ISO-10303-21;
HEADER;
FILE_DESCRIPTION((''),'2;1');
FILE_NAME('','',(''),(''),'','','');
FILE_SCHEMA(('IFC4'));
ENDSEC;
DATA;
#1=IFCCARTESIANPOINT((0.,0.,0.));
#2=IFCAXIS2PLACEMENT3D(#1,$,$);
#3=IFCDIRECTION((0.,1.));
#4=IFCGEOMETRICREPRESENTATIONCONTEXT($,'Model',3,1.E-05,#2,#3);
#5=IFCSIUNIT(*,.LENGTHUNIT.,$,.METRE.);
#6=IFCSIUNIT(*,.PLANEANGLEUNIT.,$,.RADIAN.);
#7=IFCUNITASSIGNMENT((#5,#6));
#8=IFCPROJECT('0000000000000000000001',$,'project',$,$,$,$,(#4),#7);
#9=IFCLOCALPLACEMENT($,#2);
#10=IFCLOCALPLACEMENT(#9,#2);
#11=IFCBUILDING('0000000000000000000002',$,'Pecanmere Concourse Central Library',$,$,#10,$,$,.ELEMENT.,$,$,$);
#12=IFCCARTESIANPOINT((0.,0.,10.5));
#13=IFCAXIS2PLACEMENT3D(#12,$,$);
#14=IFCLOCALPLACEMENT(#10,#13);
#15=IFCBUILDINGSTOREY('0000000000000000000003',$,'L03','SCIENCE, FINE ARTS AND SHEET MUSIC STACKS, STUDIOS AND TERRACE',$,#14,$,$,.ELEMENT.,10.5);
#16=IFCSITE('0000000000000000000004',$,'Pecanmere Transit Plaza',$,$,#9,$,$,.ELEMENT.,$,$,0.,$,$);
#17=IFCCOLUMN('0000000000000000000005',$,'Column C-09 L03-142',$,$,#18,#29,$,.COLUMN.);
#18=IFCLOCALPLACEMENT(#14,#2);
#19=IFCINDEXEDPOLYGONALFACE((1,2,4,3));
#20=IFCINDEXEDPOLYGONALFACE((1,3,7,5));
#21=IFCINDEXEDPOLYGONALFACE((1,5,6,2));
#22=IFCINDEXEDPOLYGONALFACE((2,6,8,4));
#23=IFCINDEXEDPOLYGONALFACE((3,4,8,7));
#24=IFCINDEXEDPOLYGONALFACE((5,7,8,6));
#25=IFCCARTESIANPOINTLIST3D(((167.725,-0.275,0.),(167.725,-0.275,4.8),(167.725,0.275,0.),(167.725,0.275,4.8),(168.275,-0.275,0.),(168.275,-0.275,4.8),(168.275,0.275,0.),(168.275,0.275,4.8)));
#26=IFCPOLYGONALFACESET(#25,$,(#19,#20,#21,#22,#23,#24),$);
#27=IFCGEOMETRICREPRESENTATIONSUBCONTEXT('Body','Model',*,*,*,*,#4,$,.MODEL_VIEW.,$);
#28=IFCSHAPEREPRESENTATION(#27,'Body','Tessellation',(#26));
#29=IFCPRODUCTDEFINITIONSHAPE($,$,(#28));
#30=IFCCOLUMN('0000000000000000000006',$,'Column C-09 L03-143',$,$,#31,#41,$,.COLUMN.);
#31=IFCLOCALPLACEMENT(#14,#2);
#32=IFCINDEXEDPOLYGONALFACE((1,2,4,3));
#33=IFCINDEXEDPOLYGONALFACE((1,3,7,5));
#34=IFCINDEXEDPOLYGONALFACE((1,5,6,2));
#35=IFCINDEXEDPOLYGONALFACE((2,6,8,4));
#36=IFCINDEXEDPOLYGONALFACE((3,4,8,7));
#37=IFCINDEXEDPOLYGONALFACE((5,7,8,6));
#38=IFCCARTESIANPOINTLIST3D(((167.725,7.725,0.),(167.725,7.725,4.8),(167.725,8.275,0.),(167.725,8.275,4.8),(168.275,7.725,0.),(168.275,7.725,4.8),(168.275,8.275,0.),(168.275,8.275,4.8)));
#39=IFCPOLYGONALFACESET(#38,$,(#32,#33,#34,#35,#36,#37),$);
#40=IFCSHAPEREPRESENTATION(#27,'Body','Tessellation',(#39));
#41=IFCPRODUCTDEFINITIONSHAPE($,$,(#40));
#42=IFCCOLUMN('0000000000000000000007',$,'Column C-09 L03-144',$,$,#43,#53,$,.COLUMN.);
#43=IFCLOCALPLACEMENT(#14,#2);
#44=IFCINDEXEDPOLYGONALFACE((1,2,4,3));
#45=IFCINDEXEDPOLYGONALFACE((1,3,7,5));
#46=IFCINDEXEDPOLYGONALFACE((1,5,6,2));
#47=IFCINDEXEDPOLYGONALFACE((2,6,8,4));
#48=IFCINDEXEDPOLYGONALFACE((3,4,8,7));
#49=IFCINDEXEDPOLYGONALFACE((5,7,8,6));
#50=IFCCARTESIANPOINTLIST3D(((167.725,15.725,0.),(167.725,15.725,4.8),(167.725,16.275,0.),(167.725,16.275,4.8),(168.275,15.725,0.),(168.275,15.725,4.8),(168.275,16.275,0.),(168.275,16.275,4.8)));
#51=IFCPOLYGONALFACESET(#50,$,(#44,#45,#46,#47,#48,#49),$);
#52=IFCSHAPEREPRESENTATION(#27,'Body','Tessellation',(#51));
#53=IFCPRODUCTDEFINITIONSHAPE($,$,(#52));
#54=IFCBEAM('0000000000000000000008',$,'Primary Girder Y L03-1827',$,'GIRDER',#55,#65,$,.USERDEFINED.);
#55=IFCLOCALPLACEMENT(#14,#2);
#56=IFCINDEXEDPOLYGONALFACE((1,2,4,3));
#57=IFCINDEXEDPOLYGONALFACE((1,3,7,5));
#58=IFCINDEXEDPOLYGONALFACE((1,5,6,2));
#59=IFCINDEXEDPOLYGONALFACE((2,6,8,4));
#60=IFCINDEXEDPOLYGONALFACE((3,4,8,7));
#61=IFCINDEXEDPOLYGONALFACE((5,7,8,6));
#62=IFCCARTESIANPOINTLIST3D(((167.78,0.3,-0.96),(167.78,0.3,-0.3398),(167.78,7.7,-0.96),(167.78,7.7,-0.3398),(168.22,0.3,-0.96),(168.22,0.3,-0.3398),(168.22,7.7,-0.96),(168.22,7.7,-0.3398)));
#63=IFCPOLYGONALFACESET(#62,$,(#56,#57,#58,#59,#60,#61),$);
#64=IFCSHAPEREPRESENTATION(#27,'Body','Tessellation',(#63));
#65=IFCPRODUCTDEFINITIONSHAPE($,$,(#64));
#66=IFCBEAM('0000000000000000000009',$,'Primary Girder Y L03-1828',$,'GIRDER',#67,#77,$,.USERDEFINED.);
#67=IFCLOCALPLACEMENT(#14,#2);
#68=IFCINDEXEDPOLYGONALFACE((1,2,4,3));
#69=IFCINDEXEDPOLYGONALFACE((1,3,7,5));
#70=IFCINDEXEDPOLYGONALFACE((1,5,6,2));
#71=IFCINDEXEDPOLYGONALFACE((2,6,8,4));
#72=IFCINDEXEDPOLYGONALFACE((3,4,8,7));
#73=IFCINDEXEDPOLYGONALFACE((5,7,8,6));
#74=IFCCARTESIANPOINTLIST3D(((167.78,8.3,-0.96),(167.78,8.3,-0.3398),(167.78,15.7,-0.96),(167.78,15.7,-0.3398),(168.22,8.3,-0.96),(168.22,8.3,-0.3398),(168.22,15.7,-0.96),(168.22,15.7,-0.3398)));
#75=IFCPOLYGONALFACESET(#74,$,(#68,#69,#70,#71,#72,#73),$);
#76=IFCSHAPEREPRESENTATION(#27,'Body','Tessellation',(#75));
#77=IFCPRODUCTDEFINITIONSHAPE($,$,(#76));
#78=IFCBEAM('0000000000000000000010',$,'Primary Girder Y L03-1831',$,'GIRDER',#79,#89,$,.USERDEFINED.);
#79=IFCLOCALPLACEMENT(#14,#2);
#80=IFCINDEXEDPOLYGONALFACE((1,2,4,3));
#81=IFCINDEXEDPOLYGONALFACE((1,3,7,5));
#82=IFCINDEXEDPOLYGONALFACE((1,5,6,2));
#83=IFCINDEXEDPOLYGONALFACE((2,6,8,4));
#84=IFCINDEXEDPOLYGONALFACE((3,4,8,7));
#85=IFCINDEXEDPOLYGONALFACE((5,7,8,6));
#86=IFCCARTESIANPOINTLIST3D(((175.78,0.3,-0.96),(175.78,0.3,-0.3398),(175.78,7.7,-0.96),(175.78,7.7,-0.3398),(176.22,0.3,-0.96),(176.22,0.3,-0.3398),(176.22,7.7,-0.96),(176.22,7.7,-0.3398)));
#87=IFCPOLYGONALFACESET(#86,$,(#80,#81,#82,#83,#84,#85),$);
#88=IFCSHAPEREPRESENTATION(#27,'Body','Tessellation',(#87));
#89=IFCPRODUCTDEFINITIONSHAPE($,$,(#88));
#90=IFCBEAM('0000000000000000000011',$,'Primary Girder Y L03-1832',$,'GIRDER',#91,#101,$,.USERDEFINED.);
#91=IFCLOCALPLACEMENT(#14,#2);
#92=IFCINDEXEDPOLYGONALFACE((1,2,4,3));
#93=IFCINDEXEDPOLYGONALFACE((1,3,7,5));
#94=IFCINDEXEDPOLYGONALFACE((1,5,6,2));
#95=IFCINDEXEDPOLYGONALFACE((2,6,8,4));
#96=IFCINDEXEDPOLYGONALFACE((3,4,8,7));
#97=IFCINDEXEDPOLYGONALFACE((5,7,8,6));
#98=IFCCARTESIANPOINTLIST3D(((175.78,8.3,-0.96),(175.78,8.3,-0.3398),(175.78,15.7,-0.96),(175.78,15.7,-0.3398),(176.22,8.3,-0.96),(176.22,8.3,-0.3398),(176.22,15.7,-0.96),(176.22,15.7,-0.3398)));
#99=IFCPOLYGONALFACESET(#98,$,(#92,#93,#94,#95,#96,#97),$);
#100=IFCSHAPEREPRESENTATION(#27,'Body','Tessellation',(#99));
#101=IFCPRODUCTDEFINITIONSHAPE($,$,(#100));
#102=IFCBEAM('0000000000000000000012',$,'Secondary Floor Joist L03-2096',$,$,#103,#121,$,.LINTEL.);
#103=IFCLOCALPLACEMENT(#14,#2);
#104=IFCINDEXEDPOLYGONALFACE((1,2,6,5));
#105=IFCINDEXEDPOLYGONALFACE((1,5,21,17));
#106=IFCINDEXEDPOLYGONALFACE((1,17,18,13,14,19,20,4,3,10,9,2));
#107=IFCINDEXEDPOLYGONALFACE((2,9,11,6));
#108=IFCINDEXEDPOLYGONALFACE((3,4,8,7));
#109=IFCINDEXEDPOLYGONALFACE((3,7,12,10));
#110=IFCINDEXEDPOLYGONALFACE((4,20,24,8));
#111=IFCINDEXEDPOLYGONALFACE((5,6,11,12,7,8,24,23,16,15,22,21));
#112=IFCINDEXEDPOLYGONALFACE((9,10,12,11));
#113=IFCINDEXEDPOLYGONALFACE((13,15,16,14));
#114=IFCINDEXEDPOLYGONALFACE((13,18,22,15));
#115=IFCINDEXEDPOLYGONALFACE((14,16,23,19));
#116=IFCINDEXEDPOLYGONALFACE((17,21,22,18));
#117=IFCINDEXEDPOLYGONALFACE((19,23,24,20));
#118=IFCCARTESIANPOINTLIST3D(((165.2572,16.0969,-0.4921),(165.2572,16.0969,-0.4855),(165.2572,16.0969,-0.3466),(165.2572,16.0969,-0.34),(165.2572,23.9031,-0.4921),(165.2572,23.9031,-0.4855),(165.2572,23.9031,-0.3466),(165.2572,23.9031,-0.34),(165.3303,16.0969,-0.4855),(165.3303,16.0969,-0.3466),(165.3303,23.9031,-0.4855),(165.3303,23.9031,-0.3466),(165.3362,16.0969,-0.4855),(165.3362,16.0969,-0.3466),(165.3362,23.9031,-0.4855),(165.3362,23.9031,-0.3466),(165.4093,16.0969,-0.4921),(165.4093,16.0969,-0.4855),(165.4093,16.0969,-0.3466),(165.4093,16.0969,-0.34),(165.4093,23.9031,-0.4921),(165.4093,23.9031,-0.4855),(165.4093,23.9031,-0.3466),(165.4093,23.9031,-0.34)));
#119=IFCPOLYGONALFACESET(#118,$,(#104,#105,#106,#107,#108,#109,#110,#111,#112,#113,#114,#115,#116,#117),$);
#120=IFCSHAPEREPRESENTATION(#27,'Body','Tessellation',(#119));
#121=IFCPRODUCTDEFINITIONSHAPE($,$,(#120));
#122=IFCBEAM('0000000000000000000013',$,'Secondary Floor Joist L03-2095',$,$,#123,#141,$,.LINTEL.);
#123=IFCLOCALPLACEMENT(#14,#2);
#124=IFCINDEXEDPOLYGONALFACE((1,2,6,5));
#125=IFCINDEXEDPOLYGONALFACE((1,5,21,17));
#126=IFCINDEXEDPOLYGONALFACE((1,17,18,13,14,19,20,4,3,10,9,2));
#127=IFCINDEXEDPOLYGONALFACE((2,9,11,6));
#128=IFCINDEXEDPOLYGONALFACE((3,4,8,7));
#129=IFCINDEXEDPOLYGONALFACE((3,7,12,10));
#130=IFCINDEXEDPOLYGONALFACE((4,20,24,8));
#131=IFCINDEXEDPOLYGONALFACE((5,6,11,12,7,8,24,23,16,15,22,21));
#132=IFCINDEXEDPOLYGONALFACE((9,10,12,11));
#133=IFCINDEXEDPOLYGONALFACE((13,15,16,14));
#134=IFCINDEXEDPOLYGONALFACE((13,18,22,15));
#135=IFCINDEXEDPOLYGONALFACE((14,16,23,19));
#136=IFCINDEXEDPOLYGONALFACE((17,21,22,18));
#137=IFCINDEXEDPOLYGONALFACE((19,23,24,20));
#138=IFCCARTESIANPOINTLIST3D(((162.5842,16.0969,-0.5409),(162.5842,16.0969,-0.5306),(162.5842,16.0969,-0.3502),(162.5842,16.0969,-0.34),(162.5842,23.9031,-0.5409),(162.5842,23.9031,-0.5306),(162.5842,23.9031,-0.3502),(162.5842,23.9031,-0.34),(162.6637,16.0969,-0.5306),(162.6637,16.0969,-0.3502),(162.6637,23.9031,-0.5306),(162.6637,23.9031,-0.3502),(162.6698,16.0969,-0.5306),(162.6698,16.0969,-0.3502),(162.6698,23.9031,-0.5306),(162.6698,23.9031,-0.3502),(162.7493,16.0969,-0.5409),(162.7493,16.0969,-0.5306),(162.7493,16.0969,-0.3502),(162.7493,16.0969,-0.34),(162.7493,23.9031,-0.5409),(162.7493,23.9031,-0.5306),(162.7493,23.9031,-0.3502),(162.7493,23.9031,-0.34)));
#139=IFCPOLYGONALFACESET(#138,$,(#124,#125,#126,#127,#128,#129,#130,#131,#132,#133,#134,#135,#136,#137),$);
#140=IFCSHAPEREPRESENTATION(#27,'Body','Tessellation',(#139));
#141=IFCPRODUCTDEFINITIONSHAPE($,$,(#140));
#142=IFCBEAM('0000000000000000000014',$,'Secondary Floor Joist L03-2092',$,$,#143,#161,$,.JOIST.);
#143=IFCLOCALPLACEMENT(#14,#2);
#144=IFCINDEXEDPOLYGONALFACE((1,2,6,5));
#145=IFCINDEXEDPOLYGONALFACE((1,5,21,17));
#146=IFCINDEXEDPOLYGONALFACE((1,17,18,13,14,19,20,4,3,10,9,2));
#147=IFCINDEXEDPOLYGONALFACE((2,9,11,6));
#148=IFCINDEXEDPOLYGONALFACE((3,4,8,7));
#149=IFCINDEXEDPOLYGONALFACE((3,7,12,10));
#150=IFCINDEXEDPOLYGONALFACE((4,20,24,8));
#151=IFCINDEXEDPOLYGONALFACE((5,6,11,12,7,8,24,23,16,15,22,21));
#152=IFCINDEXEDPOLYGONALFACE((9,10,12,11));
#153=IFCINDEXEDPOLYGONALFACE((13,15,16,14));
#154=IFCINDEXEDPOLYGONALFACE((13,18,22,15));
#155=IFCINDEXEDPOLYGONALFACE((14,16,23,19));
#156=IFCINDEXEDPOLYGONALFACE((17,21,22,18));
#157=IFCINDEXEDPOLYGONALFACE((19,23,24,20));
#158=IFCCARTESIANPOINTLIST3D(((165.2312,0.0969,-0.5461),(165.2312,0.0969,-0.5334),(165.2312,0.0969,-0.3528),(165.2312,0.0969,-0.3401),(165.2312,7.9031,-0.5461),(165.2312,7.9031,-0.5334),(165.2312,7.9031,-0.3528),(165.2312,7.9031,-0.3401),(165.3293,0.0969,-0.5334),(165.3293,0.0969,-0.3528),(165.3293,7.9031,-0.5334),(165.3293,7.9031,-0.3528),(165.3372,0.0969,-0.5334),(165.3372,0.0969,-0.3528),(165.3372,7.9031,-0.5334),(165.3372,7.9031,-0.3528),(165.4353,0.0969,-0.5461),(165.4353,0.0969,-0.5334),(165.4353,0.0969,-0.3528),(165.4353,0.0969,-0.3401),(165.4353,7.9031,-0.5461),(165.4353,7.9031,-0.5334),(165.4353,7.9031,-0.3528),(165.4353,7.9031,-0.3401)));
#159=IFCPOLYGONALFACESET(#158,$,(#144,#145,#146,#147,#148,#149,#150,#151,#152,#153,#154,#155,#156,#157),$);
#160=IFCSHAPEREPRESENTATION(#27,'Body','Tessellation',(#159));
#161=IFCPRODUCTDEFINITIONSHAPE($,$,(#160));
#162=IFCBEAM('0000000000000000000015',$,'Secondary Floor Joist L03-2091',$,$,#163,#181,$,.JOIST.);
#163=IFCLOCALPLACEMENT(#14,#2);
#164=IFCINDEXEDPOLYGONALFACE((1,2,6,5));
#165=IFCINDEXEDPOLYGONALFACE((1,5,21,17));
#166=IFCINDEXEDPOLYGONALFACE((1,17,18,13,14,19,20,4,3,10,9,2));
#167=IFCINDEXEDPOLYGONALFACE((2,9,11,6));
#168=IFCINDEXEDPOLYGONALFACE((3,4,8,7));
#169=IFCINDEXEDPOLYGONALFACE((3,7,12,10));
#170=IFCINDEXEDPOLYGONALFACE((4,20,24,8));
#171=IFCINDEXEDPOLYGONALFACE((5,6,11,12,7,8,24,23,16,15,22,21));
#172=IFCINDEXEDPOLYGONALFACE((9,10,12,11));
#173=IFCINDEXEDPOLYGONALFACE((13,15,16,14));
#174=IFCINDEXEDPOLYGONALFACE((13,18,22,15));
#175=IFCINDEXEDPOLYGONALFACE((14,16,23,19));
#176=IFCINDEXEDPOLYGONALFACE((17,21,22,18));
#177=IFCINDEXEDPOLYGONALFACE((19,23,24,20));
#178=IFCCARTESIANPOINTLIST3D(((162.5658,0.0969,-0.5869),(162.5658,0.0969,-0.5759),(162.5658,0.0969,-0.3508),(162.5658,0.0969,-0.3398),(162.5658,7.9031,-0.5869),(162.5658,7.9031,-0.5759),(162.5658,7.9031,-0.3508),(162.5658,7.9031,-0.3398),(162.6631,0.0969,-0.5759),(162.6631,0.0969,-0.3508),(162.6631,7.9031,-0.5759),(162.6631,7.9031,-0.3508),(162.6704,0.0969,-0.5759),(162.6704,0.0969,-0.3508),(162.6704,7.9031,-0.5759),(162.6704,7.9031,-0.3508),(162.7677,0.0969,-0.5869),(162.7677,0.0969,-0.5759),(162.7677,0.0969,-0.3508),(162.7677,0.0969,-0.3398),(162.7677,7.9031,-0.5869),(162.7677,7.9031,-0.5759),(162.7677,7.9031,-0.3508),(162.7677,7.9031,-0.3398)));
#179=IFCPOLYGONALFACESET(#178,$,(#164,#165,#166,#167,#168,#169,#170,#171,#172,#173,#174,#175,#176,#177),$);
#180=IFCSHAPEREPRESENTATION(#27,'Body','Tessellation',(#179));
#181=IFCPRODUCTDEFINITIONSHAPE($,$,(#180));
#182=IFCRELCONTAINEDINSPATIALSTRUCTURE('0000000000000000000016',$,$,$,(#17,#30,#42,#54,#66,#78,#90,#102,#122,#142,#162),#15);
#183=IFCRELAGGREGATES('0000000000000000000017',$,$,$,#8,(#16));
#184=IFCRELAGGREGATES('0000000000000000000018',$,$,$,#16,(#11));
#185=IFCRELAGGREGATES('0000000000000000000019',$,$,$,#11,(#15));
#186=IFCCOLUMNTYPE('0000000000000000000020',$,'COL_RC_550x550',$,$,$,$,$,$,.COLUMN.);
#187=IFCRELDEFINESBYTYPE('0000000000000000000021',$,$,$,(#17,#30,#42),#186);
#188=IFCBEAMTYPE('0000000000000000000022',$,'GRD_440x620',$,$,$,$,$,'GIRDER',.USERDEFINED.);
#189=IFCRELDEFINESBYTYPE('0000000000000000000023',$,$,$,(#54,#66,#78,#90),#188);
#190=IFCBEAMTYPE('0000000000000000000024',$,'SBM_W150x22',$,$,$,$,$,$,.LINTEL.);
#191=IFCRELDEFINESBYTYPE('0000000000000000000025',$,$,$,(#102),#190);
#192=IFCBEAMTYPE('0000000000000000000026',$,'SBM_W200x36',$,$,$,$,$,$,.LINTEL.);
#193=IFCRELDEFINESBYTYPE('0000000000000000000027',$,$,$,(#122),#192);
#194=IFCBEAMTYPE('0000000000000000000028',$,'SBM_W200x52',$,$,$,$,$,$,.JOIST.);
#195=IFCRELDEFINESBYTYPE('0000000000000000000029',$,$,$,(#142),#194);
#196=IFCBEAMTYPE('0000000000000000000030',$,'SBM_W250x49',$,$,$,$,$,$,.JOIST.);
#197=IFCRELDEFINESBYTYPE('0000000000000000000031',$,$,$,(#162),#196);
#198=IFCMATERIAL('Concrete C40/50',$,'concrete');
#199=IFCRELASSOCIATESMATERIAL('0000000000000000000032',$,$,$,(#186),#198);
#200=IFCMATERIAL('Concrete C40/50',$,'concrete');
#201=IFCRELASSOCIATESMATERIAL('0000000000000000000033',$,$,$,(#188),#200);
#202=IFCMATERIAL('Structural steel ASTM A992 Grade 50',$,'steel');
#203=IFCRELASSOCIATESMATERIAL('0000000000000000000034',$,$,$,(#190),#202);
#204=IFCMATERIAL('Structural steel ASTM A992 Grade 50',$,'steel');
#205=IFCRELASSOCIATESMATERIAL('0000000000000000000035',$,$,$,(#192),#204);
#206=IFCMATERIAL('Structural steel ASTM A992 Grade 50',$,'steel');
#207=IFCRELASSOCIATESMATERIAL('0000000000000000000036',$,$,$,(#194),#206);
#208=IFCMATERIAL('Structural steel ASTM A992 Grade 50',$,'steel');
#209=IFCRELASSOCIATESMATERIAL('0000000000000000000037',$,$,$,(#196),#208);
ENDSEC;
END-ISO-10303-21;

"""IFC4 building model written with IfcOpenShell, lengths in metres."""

from ifc_helpers import new_model, si_unit, direction, frame, origin, origin_2d, place, context, subcontext, project, spatial, rectangle, i_section, extrude, material, material_profile, profile_set, type_object, element, save


model = new_model("IFC4")

# Units and contexts
model_context = context("Model", 3, precision=1e-05, world=origin(), true_north=direction((0.0, 1.0)))
body_context = subcontext(model_context, "Body", "Model", "MODEL_VIEW")
ifc_project = project(units=[si_unit("LENGTHUNIT", "METRE"), si_unit("PLANEANGLEUNIT", "RADIAN")], contexts=[model_context])

# Site, building, storey
site_placement = place(None, origin())
site = spatial("IfcSite", under=ifc_project, at=site_placement, Name="Pecanmere Transit Plaza", CompositionType="ELEMENT", RefElevation=0.0)
building_placement = place(site_placement, origin())
building = spatial("IfcBuilding", under=site, at=building_placement, Name="Pecanmere Concourse Central Library", CompositionType="ELEMENT")
storey_placement = place(building_placement, frame((0.0, 0.0, 10.5)))
storey = spatial("IfcBuildingStorey", under=building, at=storey_placement, Name="L03", Description="SCIENCE, FINE ARTS AND SHEET MUSIC STACKS, STUDIOS AND TERRACE", CompositionType="ELEMENT", Elevation=10.5)

# Columns
ifc_material_1 = material(Name="Concrete C40/50", Category="concrete")
ifc_material_profile_1 = material_profile(ifc_material_1, rectangle(XDim=0.55, YDim=0.55, at=origin_2d()), Name="RC 550x550")
ifc_profile_set_1 = profile_set([ifc_material_profile_1], Name="Concrete C40/50")
column_type = type_object("IfcColumnType", Name="COL_RC_550x550", PredefinedType="COLUMN", material=ifc_profile_set_1)
for number, where, z_axis, x_axis, name in (
    (1, (168.0, 0.0, 0.0), (0.0, 0.0, 1.0), (1.0, 0.0, 0.0), "Column C-09 L03-142"),
    (2, (168.0, 8.0, 0.0), (0.0, 0.0, 1.0), (1.0, 0.0, 0.0), "Column C-09 L03-143"),
    (3, (168.0, 16.0, 0.0), (0.0, 0.0, 1.0), (1.0, 0.0, 0.0), "Column C-09 L03-144"),
):
    element("IfcColumn", number, at=place(storey_placement, frame(where, z_axis=z_axis, x_axis=x_axis)), inside=storey, type_object=column_type, Name=name, PredefinedType="COLUMN", context=body_context, shape_type="SweptSolid", body=[
        extrude(rectangle(XDim=0.55, YDim=0.55, at=origin_2d()), origin(), (0.0, 0.0, 1.0), 4.8),
    ])

# Beams
ifc_material_2 = material(Name="Concrete C40/50", Category="concrete")
ifc_material_profile_2 = material_profile(ifc_material_2, rectangle(XDim=0.4399, YDim=0.6201, at=origin_2d()), Name="RC 440x620")
ifc_profile_set_2 = profile_set([ifc_material_profile_2], Name="Concrete C40/50")
beam_type_1 = type_object("IfcBeamType", Name="GRD_440x620", ElementType="GIRDER", PredefinedType="USERDEFINED", material=ifc_profile_set_2)
for number, where, z_axis, x_axis, name in (
    (4, (168.0, 0.3, -0.6499), (0.0, 1.0, 0.0), (-1.0, 0.0, 0.0), "Primary Girder Y L03-1827"),
    (5, (168.0, 8.3, -0.6499), (0.0, 1.0, 0.0), (-1.0, 0.0, 0.0), "Primary Girder Y L03-1828"),
    (6, (176.0, 0.3, -0.6499), (0.0, 1.0, 0.0), (-1.0, 0.0, 0.0), "Primary Girder Y L03-1831"),
    (7, (176.0, 8.3, -0.6499), (0.0, 1.0, 0.0), (-1.0, 0.0, 0.0), "Primary Girder Y L03-1832"),
):
    element("IfcBeam", number, at=place(storey_placement, frame(where, z_axis=z_axis, x_axis=x_axis)), inside=storey, type_object=beam_type_1, Name=name, ObjectType="GIRDER", PredefinedType="USERDEFINED", context=body_context, shape_type="SweptSolid", body=[
        extrude(rectangle(XDim=0.4399, YDim=0.6201, at=origin_2d()), origin(), (0.0, 0.0, 1.0), 7.3999),
    ])
ifc_material_3 = material(Name="Structural steel ASTM A992 Grade 50", Category="steel")
ifc_material_profile_3 = material_profile(ifc_material_3, i_section(OverallWidth=0.1521, OverallDepth=0.1521, WebThickness=0.0059, FlangeThickness=0.0066, at=origin_2d()), Name="W150x22.5")
ifc_profile_set_3 = profile_set([ifc_material_profile_3], Name="Structural steel ASTM A992 Grade 50")
beam_type_2 = type_object("IfcBeamType", Name="SBM_W150x22", PredefinedType="LINTEL", material=ifc_profile_set_3)
beam_1_placement = place(storey_placement, frame((165.3333, 16.0969, -0.416), z_axis=(0.0, 1.0, 0.0), x_axis=(-1.0, 0.0, 0.0)))
element("IfcBeam", 8, at=beam_1_placement, inside=storey, type_object=beam_type_2, Name="Secondary Floor Joist L03-2096", PredefinedType="LINTEL", context=body_context, shape_type="SweptSolid", body=[
    extrude(i_section(OverallWidth=0.1521, OverallDepth=0.1521, WebThickness=0.0059, FlangeThickness=0.0066, at=origin_2d()), origin(), (0.0, 0.0, 1.0), 7.8062),
])
ifc_material_4 = material(Name="Structural steel ASTM A992 Grade 50", Category="steel")
ifc_material_profile_4 = material_profile(ifc_material_4, i_section(OverallWidth=0.165, OverallDepth=0.2009, WebThickness=0.0061, FlangeThickness=0.0103, at=origin_2d()), Name="W200x35.9")
ifc_profile_set_4 = profile_set([ifc_material_profile_4], Name="Structural steel ASTM A992 Grade 50")
beam_type_3 = type_object("IfcBeamType", Name="SBM_W200x36", PredefinedType="LINTEL", material=ifc_profile_set_4)
beam_2_placement = place(storey_placement, frame((162.6667, 16.0969, -0.4404), z_axis=(0.0, 1.0, 0.0), x_axis=(-1.0, 0.0, 0.0)))
element("IfcBeam", 9, at=beam_2_placement, inside=storey, type_object=beam_type_3, Name="Secondary Floor Joist L03-2095", PredefinedType="LINTEL", context=body_context, shape_type="SweptSolid", body=[
    extrude(i_section(OverallWidth=0.165, OverallDepth=0.2009, WebThickness=0.0061, FlangeThickness=0.0103, at=origin_2d()), origin(), (0.0, 0.0, 1.0), 7.8062),
])
ifc_material_5 = material(Name="Structural steel ASTM A992 Grade 50", Category="steel")
ifc_material_profile_5 = material_profile(ifc_material_5, i_section(OverallWidth=0.2041, OverallDepth=0.2061, WebThickness=0.0078, FlangeThickness=0.0127, at=origin_2d()), Name="W200x52")
ifc_profile_set_5 = profile_set([ifc_material_profile_5], Name="Structural steel ASTM A992 Grade 50")
beam_type_4 = type_object("IfcBeamType", Name="SBM_W200x52", PredefinedType="JOIST", material=ifc_profile_set_5)
beam_3_placement = place(storey_placement, frame((165.3333, 0.0969, -0.4431), z_axis=(0.0, 1.0, 0.0), x_axis=(-1.0, 0.0, 0.0)))
element("IfcBeam", 10, at=beam_3_placement, inside=storey, type_object=beam_type_4, Name="Secondary Floor Joist L03-2092", PredefinedType="JOIST", context=body_context, shape_type="SweptSolid", body=[
    extrude(i_section(OverallWidth=0.2041, OverallDepth=0.2061, WebThickness=0.0078, FlangeThickness=0.0127, at=origin_2d()), origin(), (0.0, 0.0, 1.0), 7.8062),
])
ifc_material_6 = material(Name="Structural steel ASTM A992 Grade 50", Category="steel")
ifc_material_profile_6 = material_profile(ifc_material_6, i_section(OverallWidth=0.2019, OverallDepth=0.2471, WebThickness=0.0073, FlangeThickness=0.011, at=origin_2d()), Name="W250x49.1")
ifc_profile_set_6 = profile_set([ifc_material_profile_6], Name="Structural steel ASTM A992 Grade 50")
beam_type_5 = type_object("IfcBeamType", Name="SBM_W250x49", PredefinedType="JOIST", material=ifc_profile_set_6)
beam_4_placement = place(storey_placement, frame((162.6667, 0.0969, -0.4634), z_axis=(0.0, 1.0, 0.0), x_axis=(-1.0, 0.0, 0.0)))
element("IfcBeam", 11, at=beam_4_placement, inside=storey, type_object=beam_type_5, Name="Secondary Floor Joist L03-2091", PredefinedType="JOIST", context=body_context, shape_type="SweptSolid", body=[
    extrude(i_section(OverallWidth=0.2019, OverallDepth=0.2471, WebThickness=0.0073, FlangeThickness=0.011, at=origin_2d()), origin(), (0.0, 0.0, 1.0), 7.8062),
])

save(model, "model.ifc")
